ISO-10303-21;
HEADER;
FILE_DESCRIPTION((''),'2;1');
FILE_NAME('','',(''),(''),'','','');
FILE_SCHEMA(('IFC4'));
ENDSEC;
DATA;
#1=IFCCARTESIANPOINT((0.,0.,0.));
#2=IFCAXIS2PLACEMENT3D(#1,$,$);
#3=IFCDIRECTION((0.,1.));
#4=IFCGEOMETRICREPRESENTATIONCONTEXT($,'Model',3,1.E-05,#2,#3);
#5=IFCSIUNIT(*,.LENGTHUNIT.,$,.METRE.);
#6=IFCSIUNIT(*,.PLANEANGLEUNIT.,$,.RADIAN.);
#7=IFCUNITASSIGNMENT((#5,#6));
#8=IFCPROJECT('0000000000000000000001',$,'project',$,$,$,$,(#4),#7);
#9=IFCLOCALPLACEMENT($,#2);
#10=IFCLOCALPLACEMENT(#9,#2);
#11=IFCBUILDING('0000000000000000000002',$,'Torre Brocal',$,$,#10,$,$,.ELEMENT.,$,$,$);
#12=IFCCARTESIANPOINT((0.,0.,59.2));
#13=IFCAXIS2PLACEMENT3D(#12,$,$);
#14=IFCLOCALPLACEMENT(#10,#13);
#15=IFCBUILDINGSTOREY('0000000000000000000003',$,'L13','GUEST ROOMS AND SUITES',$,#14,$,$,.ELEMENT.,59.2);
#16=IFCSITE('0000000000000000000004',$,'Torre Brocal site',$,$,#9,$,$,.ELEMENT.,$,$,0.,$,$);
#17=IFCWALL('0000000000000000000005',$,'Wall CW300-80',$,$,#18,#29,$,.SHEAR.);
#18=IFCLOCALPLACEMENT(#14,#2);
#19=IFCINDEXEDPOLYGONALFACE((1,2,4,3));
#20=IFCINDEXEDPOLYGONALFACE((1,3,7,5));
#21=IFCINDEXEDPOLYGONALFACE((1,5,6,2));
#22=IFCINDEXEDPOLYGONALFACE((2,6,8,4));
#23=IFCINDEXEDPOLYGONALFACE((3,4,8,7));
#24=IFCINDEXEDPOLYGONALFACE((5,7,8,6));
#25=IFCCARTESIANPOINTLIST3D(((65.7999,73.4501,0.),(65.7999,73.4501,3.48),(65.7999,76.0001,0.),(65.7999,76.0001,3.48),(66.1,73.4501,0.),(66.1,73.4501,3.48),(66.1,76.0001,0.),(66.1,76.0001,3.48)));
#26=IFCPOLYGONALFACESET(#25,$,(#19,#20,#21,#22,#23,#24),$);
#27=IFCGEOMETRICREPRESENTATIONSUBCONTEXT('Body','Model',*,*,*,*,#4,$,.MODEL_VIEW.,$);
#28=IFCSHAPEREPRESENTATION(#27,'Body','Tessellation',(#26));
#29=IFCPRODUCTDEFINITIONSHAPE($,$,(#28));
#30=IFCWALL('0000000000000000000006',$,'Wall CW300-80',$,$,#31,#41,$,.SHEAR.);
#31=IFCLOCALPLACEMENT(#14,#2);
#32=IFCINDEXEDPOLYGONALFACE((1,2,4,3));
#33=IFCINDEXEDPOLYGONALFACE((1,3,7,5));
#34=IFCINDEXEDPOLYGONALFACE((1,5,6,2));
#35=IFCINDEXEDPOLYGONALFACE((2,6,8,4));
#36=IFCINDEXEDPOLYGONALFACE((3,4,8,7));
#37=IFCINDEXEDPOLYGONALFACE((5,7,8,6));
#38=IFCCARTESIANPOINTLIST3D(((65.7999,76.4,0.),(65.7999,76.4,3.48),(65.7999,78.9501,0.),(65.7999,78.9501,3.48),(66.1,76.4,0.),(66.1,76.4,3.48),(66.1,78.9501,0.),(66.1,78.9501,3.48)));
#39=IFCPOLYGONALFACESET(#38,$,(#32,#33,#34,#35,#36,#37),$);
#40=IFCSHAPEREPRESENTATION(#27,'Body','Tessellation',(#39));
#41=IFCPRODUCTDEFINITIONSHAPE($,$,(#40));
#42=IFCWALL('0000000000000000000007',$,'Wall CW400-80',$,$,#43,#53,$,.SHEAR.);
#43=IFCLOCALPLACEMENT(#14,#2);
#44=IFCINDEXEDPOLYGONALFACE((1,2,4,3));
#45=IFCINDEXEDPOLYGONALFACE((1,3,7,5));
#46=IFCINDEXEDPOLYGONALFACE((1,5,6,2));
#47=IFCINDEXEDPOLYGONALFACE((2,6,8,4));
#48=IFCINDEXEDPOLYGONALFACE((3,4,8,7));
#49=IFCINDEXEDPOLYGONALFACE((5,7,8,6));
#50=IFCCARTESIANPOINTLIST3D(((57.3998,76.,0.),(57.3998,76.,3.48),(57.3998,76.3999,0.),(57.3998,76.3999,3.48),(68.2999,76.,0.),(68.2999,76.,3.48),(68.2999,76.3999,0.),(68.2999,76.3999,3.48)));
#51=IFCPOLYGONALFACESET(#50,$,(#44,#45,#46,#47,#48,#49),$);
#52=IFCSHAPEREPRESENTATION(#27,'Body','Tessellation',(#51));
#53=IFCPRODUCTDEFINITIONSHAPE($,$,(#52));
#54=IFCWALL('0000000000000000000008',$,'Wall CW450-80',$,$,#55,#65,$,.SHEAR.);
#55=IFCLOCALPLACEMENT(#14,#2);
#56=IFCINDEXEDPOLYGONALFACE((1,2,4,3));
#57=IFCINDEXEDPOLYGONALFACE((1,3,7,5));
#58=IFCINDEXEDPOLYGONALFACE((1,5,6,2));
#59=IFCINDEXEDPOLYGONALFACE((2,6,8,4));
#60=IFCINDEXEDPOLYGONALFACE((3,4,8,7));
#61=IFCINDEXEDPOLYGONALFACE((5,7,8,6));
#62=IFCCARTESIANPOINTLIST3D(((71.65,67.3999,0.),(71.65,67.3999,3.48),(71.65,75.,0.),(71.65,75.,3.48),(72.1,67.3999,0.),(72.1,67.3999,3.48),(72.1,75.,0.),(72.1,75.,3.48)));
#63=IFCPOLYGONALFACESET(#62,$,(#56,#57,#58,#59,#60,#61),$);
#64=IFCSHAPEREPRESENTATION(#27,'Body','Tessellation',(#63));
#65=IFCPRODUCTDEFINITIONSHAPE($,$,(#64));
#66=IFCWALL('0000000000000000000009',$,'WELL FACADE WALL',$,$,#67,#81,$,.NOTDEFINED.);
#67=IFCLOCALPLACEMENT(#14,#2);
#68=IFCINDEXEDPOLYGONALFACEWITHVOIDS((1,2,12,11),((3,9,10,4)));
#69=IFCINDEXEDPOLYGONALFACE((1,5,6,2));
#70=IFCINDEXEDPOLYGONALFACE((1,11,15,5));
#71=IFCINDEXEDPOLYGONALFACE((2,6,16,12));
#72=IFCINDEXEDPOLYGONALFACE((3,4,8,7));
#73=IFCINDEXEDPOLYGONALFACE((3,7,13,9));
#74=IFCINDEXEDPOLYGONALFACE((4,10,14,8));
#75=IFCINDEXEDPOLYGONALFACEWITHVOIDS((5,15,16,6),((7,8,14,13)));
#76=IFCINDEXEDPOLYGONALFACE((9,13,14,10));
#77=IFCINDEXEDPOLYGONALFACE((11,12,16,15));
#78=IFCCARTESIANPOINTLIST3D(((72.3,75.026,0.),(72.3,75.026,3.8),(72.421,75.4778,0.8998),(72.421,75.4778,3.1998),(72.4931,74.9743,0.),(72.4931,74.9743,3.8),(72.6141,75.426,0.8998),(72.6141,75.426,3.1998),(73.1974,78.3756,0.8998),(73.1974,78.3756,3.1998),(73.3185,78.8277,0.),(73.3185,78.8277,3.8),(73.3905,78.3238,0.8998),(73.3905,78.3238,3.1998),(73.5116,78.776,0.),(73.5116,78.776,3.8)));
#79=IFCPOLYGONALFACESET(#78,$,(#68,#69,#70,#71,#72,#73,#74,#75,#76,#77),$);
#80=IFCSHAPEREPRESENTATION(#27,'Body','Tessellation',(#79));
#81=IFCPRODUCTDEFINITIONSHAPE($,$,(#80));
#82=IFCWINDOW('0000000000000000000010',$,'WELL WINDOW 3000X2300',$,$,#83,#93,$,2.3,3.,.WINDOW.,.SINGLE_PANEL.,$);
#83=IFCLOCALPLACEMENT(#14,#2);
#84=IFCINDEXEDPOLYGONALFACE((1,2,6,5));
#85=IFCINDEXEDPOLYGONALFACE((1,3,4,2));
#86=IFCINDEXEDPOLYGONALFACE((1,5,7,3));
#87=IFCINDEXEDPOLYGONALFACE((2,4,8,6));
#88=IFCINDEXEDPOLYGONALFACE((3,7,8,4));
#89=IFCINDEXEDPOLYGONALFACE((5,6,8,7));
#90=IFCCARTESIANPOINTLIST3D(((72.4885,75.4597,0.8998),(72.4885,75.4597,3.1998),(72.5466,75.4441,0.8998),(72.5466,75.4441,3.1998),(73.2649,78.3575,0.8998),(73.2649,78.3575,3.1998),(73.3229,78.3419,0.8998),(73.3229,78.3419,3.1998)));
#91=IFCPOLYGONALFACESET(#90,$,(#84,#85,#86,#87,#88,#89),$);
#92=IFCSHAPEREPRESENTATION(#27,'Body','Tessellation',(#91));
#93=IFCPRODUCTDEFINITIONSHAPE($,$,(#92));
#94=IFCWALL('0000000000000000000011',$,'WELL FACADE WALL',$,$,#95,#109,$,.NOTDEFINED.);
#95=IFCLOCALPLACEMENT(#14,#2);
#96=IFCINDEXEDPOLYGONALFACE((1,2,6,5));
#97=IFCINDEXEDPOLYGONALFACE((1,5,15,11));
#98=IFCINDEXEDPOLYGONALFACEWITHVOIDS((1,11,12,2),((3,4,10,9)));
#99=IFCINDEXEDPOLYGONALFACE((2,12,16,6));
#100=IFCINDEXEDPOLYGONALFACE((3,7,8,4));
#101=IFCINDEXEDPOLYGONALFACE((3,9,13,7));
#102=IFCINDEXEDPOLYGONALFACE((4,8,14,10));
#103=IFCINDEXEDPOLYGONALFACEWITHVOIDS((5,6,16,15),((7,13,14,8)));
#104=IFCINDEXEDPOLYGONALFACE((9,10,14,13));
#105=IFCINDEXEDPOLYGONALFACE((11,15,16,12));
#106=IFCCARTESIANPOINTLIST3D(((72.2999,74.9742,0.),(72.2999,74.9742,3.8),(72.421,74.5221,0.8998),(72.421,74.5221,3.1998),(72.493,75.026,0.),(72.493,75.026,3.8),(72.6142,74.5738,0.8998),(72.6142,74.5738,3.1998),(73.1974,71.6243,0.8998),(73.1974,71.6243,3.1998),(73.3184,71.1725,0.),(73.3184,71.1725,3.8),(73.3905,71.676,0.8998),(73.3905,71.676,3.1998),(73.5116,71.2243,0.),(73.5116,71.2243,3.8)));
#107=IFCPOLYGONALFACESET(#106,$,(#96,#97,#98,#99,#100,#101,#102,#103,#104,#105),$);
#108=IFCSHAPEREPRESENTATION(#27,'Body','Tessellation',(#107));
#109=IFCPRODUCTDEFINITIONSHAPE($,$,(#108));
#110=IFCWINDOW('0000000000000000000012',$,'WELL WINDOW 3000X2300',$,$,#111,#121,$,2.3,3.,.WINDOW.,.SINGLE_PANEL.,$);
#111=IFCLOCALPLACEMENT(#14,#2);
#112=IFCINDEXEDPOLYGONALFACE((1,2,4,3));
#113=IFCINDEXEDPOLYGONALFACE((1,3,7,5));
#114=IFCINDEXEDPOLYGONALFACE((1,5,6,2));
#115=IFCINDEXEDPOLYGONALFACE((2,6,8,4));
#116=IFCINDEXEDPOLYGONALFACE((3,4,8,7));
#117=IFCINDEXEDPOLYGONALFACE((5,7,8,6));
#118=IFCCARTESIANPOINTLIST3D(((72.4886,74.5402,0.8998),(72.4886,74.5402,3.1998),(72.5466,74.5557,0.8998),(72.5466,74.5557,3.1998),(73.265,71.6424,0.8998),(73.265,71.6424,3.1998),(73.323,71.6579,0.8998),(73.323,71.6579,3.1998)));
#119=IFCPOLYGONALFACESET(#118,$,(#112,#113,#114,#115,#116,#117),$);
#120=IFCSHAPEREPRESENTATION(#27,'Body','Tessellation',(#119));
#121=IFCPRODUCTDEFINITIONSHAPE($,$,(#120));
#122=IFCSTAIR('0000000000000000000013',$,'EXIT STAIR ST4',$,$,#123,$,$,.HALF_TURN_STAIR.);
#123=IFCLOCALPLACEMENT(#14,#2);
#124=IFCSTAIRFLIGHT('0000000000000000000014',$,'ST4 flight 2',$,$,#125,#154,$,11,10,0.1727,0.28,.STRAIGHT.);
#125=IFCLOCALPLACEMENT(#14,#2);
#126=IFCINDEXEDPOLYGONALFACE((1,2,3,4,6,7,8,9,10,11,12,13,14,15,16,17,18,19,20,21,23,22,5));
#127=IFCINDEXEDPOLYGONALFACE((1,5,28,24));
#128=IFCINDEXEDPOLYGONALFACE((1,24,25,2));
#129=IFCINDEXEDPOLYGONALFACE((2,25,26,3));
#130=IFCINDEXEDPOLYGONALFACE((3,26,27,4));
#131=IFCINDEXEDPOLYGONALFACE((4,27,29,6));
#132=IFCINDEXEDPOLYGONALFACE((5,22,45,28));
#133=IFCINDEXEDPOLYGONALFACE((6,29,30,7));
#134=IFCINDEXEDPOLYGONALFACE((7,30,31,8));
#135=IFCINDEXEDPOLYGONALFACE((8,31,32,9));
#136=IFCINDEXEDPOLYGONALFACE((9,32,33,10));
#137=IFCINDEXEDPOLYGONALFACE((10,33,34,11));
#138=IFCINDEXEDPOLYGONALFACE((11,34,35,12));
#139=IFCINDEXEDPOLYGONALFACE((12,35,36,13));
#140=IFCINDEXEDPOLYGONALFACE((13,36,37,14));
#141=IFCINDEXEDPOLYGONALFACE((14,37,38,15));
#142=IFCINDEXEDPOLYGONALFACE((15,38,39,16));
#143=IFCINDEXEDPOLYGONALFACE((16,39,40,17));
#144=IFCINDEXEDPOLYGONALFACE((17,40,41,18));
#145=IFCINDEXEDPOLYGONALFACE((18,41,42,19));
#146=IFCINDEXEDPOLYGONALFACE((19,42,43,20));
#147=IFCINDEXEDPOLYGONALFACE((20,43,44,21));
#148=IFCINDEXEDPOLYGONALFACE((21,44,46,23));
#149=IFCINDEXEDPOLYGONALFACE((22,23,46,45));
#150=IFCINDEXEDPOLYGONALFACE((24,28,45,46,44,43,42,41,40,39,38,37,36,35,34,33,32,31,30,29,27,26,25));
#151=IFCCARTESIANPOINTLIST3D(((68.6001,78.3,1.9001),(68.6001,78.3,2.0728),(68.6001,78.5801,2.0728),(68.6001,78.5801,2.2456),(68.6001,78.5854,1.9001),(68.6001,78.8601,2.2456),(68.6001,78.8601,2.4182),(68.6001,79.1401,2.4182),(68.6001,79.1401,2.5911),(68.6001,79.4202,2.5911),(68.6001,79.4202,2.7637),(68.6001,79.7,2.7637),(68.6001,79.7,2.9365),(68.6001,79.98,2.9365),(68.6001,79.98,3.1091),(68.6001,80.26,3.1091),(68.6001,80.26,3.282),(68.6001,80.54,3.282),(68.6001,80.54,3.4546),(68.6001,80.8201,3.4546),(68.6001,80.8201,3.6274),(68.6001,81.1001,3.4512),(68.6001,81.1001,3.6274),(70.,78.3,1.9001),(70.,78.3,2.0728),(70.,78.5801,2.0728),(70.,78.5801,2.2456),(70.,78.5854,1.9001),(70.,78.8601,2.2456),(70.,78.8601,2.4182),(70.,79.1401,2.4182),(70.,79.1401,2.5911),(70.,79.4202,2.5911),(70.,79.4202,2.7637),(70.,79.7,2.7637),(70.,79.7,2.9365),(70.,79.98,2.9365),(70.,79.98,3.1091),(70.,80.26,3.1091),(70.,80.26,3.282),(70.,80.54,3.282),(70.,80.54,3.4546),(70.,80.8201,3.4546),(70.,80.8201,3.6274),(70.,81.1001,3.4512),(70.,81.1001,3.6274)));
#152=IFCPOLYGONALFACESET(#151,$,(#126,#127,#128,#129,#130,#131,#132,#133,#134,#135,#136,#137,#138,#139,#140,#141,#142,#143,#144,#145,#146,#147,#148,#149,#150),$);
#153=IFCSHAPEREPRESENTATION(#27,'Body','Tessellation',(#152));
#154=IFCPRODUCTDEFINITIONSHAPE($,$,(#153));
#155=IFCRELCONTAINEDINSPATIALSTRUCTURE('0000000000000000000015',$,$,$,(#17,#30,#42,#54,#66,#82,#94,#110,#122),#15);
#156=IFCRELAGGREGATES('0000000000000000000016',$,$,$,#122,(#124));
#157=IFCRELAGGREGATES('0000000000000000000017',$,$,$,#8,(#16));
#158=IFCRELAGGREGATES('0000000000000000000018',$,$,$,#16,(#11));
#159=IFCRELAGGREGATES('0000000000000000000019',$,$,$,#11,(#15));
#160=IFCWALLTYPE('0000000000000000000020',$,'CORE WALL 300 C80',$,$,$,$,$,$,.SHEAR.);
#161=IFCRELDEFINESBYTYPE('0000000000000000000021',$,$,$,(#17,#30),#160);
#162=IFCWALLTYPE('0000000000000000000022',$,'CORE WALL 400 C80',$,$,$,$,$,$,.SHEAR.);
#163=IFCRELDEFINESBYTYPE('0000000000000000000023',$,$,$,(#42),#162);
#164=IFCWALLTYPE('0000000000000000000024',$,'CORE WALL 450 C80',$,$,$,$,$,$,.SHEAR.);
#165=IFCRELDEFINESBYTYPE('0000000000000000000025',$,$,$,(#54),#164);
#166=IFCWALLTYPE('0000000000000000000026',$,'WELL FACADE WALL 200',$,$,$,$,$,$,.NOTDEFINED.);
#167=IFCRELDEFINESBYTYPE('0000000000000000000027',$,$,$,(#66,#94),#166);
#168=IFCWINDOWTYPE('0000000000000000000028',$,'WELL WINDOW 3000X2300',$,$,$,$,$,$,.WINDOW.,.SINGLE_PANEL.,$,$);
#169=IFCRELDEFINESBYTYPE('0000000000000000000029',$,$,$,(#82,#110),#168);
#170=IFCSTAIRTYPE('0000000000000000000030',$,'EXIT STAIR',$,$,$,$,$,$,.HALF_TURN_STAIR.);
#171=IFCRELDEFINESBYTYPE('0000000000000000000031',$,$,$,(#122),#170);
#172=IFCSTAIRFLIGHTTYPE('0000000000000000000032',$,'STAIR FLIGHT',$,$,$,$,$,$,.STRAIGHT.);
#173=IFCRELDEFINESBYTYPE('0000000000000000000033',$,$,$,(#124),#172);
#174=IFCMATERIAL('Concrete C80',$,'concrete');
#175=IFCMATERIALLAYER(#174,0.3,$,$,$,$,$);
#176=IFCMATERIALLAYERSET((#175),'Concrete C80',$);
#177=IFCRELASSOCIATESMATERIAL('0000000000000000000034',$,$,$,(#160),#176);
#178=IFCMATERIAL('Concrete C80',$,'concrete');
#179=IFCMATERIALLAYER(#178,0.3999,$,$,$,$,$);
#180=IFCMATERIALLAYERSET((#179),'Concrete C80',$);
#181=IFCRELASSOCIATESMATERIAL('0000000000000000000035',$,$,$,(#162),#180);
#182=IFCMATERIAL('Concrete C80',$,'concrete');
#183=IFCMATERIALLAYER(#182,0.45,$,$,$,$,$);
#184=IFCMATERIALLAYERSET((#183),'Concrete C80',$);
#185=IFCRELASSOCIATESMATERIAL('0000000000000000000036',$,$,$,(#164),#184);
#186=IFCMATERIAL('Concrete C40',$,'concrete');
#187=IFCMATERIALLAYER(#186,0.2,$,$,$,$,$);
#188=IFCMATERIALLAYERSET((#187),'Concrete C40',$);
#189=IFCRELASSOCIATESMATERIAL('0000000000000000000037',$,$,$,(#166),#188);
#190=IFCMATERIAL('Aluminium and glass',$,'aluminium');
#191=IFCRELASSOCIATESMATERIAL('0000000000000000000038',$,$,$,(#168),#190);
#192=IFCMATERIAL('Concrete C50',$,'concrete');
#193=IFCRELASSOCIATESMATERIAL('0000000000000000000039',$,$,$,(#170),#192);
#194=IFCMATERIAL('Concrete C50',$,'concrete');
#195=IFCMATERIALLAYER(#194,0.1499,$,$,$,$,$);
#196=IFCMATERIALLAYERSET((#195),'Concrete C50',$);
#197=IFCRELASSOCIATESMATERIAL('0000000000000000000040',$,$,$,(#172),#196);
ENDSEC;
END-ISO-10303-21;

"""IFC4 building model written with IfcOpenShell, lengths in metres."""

from ifc_helpers import new_model, si_unit, direction, frame, frame_2d, origin, place, context, subcontext, project, spatial, polyline, rectangle, outline, extrude, material, layer, layer_set, type_object, element, fill, aggregate, save


model = new_model("IFC4")

# Units and contexts
model_context = context("Model", 3, precision=1e-05, world=origin(), true_north=direction((0.0, 1.0)))
body_context = subcontext(model_context, "Body", "Model", "MODEL_VIEW")
ifc_project = project(units=[si_unit("LENGTHUNIT", "METRE"), si_unit("PLANEANGLEUNIT", "RADIAN")], contexts=[model_context])

# Site, building, storey
site_placement = place(None, origin())
site = spatial("IfcSite", under=ifc_project, at=site_placement, Name="Torre Brocal site", CompositionType="ELEMENT", RefElevation=0.0)
building_placement = place(site_placement, origin())
building = spatial("IfcBuilding", under=site, at=building_placement, Name="Torre Brocal", CompositionType="ELEMENT")
storey_placement = place(building_placement, frame((0.0, 0.0, 59.2)))
storey = spatial("IfcBuildingStorey", under=building, at=storey_placement, Name="L13", Description="GUEST ROOMS AND SUITES", CompositionType="ELEMENT", Elevation=59.2)

# Shared definitions
ifc_material_1 = material(Name="Concrete C80", Category="concrete")
ifc_layer_1 = layer(ifc_material_1, 0.3)
ifc_layer_set_1 = layer_set([ifc_layer_1], Name="Concrete C80")
wall_type_1 = type_object("IfcWallType", Name="CORE WALL 300 C80", PredefinedType="SHEAR", material=ifc_layer_set_1)

# Walls
for number, where, z_axis, x_axis, name in (
    (1, (65.95, 76.0, 0.0), (0.0, 0.0, 1.0), (0.0, -1.0, 0.0), "Wall CW300-80"),
    (2, (65.95, 78.95, 0.0), (0.0, 0.0, 1.0), (0.0, -1.0, 0.0), "Wall CW300-80"),
):
    element("IfcWall", number, at=place(storey_placement, frame(where, z_axis=z_axis, x_axis=x_axis)), inside=storey, type_object=wall_type_1, Name=name, PredefinedType="SHEAR", context=body_context, shape_type="SweptSolid", body=[
        extrude(rectangle(XDim=2.55, YDim=0.3, at=frame_2d((1.2749, 0.0))), origin(), (0.0, 0.0, 1.0), 3.48),
    ])
ifc_material_2 = material(Name="Concrete C80", Category="concrete")
ifc_layer_2 = layer(ifc_material_2, 0.3999)
ifc_layer_set_2 = layer_set([ifc_layer_2], Name="Concrete C80")
wall_type_2 = type_object("IfcWallType", Name="CORE WALL 400 C80", PredefinedType="SHEAR", material=ifc_layer_set_2)
wall_1_placement = place(storey_placement, frame((68.3, 76.2, 0.0), z_axis=(0.0, 0.0, 1.0), x_axis=(-1.0, 0.0, 0.0)))
element("IfcWall", 3, at=wall_1_placement, inside=storey, type_object=wall_type_2, Name="Wall CW400-80", PredefinedType="SHEAR", context=body_context, shape_type="SweptSolid", body=[
    extrude(rectangle(XDim=10.9001, YDim=0.3999, at=frame_2d((5.4502, 0.0))), origin(), (0.0, 0.0, 1.0), 3.48),
])
ifc_material_3 = material(Name="Concrete C80", Category="concrete")
ifc_layer_3 = layer(ifc_material_3, 0.45)
ifc_layer_set_3 = layer_set([ifc_layer_3], Name="Concrete C80")
wall_type_3 = type_object("IfcWallType", Name="CORE WALL 450 C80", PredefinedType="SHEAR", material=ifc_layer_set_3)
wall_2_placement = place(storey_placement, frame((71.875, 75.0, 0.0), z_axis=(0.0, 0.0, 1.0), x_axis=(0.0, -1.0, 0.0)))
element("IfcWall", 4, at=wall_2_placement, inside=storey, type_object=wall_type_3, Name="Wall CW450-80", PredefinedType="SHEAR", context=body_context, shape_type="SweptSolid", body=[
    extrude(rectangle(XDim=7.6001, YDim=0.45, at=frame_2d((3.8, 0.0))), origin(), (0.0, 0.0, 1.0), 3.48),
])

# Walls, openings, windows
ifc_material_4 = material(Name="Concrete C40", Category="concrete")
ifc_layer_4 = layer(ifc_material_4, 0.2)
ifc_layer_set_4 = layer_set([ifc_layer_4], Name="Concrete C40")
wall_type_4 = type_object("IfcWallType", Name="WELL FACADE WALL 200", PredefinedType="NOTDEFINED", material=ifc_layer_set_4)
wall_3_placement = place(storey_placement, frame((73.415, 78.8018, 0.0), z_axis=(0.0, 0.0, 1.0), x_axis=(-0.25879, -0.965934, 0.0)))
wall_3 = element("IfcWall", 5, at=wall_3_placement, inside=storey, type_object=wall_type_4, Name="WELL FACADE WALL", PredefinedType="NOTDEFINED", context=body_context, shape_type="SweptSolid", body=[
    extrude(rectangle(XDim=3.9358, YDim=0.2, at=frame_2d((1.9678, 0.0))), origin(), (0.0, 0.0, 1.0), 3.8),
])
opening_1_placement = place(wall_3_placement, frame((0.468, 0.0, 0.8999)))
opening_1 = element("IfcOpeningElement", 6, at=opening_1_placement, cuts=wall_3, PredefinedType="OPENING", context=body_context, shape_type="SweptSolid", body=[
    extrude(rectangle(XDim=3.0, YDim=2.3, at=frame_2d((1.5, 1.1499))), frame((0.0, 0.1099, 0.0), z_axis=(0.0, -1.0, 0.0), x_axis=(1.0, 0.0, 0.0)), (0.0, 0.0, 1.0), 0.22),
])
ifc_material_5 = material(Name="Aluminium and glass", Category="aluminium")
window_type = type_object("IfcWindowType", Name="WELL WINDOW 3000X2300", PartitioningType="SINGLE_PANEL", PredefinedType="WINDOW", material=ifc_material_5)
window_1_placement = place(opening_1_placement, origin())
window_1 = element("IfcWindow", 7, at=window_1_placement, inside=storey, type_object=window_type, Name="WELL WINDOW 3000X2300", OverallHeight=2.3, OverallWidth=3.0, PartitioningType="SINGLE_PANEL", PredefinedType="WINDOW", context=body_context, shape_type="SweptSolid", body=[
    extrude(rectangle(XDim=3.0, YDim=2.3, at=frame_2d((1.5, 1.1499))), frame((0.0, 0.03, 0.0), z_axis=(0.0, -1.0, 0.0), x_axis=(1.0, 0.0, 0.0)), (0.0, 0.0, 1.0), 0.0601),
])
fill(opening_1, window_1)
wall_4_placement = place(storey_placement, frame((72.3965, 75.0, 0.0), z_axis=(0.0, 0.0, 1.0), x_axis=(0.25879, -0.965934, 0.0)))
wall_4 = element("IfcWall", 8, at=wall_4_placement, inside=storey, type_object=wall_type_4, Name="WELL FACADE WALL", PredefinedType="NOTDEFINED", context=body_context, shape_type="SweptSolid", body=[
    extrude(rectangle(XDim=3.9358, YDim=0.2, at=frame_2d((1.9678, 0.0))), origin(), (0.0, 0.0, 1.0), 3.8),
])
opening_2_placement = place(wall_4_placement, frame((0.468, 0.0, 0.8999)))
opening_2 = element("IfcOpeningElement", 9, at=opening_2_placement, cuts=wall_4, PredefinedType="OPENING", context=body_context, shape_type="SweptSolid", body=[
    extrude(rectangle(XDim=3.0, YDim=2.3, at=frame_2d((1.5, 1.1499))), frame((0.0, 0.1099, 0.0), z_axis=(0.0, -1.0, 0.0), x_axis=(1.0, 0.0, 0.0)), (0.0, 0.0, 1.0), 0.22),
])
window_2_placement = place(opening_2_placement, origin())
window_2 = element("IfcWindow", 10, at=window_2_placement, inside=storey, type_object=window_type, Name="WELL WINDOW 3000X2300", OverallHeight=2.3, OverallWidth=3.0, PartitioningType="SINGLE_PANEL", PredefinedType="WINDOW", context=body_context, shape_type="SweptSolid", body=[
    extrude(rectangle(XDim=3.0, YDim=2.3, at=frame_2d((1.5, 1.1499))), frame((0.0, 0.03, 0.0), z_axis=(0.0, -1.0, 0.0), x_axis=(1.0, 0.0, 0.0)), (0.0, 0.0, 1.0), 0.0601),
])
fill(opening_2, window_2)

# Stair, stair flight
ifc_material_6 = material(Name="Concrete C50", Category="concrete")
stair_type = type_object("IfcStairType", Name="EXIT STAIR", PredefinedType="HALF_TURN_STAIR", material=ifc_material_6)
stair_placement = place(storey_placement, origin())
stair = element("IfcStair", 11, at=stair_placement, inside=storey, type_object=stair_type, Name="EXIT STAIR ST4", PredefinedType="HALF_TURN_STAIR")
ifc_material_7 = material(Name="Concrete C50", Category="concrete")
ifc_layer_5 = layer(ifc_material_7, 0.1499)
ifc_layer_set_5 = layer_set([ifc_layer_5], Name="Concrete C50")
stair_flight_type = type_object("IfcStairFlightType", Name="STAIR FLIGHT", PredefinedType="STRAIGHT", material=ifc_layer_set_5)
stair_flight_placement = place(storey_placement, frame((69.3, 78.3, 1.9001), z_axis=(0.0, 0.0, 1.0), x_axis=(0.0, 1.0, 0.0)))
stair_flight = element("IfcStairFlight", 12, at=stair_flight_placement, type_object=stair_flight_type, Name="ST4 flight 2", NumberOfRisers=11, NumberOfTreads=10, PredefinedType="STRAIGHT", RiserHeight=0.1727, TreadLength=0.28, context=body_context, shape_type="SweptSolid", body=[
    extrude(outline(polyline([(0.0, 0.0), (0.0, 0.1726), (0.28, 0.1726), (0.28, 0.3455), (0.5601, 0.3455), (0.5601, 0.5181), (0.8401, 0.5181), (0.8401, 0.6909), (1.1201, 0.6909), (1.1201, 0.8635), (1.3999, 0.8635), (1.3999, 1.0364), (1.6799, 1.0364), (1.6799, 1.209), (1.96, 1.209), (1.96, 1.3818), (2.24, 1.3818), (2.24, 1.5544), (2.52, 1.5544), (2.52, 1.7273), (2.8, 1.7273), (2.8, 1.8999), (2.8, 1.551), (0.2854, 0.0), (0.0, 0.0)])), frame((0.0, 0.7, 0.0), z_axis=(0.0, -1.0, 0.0), x_axis=(1.0, 0.0, 0.0)), (0.0, 0.0, 1.0), 1.3999),
])
aggregate(stair, [stair_flight])

save(model, "model.ifc")
